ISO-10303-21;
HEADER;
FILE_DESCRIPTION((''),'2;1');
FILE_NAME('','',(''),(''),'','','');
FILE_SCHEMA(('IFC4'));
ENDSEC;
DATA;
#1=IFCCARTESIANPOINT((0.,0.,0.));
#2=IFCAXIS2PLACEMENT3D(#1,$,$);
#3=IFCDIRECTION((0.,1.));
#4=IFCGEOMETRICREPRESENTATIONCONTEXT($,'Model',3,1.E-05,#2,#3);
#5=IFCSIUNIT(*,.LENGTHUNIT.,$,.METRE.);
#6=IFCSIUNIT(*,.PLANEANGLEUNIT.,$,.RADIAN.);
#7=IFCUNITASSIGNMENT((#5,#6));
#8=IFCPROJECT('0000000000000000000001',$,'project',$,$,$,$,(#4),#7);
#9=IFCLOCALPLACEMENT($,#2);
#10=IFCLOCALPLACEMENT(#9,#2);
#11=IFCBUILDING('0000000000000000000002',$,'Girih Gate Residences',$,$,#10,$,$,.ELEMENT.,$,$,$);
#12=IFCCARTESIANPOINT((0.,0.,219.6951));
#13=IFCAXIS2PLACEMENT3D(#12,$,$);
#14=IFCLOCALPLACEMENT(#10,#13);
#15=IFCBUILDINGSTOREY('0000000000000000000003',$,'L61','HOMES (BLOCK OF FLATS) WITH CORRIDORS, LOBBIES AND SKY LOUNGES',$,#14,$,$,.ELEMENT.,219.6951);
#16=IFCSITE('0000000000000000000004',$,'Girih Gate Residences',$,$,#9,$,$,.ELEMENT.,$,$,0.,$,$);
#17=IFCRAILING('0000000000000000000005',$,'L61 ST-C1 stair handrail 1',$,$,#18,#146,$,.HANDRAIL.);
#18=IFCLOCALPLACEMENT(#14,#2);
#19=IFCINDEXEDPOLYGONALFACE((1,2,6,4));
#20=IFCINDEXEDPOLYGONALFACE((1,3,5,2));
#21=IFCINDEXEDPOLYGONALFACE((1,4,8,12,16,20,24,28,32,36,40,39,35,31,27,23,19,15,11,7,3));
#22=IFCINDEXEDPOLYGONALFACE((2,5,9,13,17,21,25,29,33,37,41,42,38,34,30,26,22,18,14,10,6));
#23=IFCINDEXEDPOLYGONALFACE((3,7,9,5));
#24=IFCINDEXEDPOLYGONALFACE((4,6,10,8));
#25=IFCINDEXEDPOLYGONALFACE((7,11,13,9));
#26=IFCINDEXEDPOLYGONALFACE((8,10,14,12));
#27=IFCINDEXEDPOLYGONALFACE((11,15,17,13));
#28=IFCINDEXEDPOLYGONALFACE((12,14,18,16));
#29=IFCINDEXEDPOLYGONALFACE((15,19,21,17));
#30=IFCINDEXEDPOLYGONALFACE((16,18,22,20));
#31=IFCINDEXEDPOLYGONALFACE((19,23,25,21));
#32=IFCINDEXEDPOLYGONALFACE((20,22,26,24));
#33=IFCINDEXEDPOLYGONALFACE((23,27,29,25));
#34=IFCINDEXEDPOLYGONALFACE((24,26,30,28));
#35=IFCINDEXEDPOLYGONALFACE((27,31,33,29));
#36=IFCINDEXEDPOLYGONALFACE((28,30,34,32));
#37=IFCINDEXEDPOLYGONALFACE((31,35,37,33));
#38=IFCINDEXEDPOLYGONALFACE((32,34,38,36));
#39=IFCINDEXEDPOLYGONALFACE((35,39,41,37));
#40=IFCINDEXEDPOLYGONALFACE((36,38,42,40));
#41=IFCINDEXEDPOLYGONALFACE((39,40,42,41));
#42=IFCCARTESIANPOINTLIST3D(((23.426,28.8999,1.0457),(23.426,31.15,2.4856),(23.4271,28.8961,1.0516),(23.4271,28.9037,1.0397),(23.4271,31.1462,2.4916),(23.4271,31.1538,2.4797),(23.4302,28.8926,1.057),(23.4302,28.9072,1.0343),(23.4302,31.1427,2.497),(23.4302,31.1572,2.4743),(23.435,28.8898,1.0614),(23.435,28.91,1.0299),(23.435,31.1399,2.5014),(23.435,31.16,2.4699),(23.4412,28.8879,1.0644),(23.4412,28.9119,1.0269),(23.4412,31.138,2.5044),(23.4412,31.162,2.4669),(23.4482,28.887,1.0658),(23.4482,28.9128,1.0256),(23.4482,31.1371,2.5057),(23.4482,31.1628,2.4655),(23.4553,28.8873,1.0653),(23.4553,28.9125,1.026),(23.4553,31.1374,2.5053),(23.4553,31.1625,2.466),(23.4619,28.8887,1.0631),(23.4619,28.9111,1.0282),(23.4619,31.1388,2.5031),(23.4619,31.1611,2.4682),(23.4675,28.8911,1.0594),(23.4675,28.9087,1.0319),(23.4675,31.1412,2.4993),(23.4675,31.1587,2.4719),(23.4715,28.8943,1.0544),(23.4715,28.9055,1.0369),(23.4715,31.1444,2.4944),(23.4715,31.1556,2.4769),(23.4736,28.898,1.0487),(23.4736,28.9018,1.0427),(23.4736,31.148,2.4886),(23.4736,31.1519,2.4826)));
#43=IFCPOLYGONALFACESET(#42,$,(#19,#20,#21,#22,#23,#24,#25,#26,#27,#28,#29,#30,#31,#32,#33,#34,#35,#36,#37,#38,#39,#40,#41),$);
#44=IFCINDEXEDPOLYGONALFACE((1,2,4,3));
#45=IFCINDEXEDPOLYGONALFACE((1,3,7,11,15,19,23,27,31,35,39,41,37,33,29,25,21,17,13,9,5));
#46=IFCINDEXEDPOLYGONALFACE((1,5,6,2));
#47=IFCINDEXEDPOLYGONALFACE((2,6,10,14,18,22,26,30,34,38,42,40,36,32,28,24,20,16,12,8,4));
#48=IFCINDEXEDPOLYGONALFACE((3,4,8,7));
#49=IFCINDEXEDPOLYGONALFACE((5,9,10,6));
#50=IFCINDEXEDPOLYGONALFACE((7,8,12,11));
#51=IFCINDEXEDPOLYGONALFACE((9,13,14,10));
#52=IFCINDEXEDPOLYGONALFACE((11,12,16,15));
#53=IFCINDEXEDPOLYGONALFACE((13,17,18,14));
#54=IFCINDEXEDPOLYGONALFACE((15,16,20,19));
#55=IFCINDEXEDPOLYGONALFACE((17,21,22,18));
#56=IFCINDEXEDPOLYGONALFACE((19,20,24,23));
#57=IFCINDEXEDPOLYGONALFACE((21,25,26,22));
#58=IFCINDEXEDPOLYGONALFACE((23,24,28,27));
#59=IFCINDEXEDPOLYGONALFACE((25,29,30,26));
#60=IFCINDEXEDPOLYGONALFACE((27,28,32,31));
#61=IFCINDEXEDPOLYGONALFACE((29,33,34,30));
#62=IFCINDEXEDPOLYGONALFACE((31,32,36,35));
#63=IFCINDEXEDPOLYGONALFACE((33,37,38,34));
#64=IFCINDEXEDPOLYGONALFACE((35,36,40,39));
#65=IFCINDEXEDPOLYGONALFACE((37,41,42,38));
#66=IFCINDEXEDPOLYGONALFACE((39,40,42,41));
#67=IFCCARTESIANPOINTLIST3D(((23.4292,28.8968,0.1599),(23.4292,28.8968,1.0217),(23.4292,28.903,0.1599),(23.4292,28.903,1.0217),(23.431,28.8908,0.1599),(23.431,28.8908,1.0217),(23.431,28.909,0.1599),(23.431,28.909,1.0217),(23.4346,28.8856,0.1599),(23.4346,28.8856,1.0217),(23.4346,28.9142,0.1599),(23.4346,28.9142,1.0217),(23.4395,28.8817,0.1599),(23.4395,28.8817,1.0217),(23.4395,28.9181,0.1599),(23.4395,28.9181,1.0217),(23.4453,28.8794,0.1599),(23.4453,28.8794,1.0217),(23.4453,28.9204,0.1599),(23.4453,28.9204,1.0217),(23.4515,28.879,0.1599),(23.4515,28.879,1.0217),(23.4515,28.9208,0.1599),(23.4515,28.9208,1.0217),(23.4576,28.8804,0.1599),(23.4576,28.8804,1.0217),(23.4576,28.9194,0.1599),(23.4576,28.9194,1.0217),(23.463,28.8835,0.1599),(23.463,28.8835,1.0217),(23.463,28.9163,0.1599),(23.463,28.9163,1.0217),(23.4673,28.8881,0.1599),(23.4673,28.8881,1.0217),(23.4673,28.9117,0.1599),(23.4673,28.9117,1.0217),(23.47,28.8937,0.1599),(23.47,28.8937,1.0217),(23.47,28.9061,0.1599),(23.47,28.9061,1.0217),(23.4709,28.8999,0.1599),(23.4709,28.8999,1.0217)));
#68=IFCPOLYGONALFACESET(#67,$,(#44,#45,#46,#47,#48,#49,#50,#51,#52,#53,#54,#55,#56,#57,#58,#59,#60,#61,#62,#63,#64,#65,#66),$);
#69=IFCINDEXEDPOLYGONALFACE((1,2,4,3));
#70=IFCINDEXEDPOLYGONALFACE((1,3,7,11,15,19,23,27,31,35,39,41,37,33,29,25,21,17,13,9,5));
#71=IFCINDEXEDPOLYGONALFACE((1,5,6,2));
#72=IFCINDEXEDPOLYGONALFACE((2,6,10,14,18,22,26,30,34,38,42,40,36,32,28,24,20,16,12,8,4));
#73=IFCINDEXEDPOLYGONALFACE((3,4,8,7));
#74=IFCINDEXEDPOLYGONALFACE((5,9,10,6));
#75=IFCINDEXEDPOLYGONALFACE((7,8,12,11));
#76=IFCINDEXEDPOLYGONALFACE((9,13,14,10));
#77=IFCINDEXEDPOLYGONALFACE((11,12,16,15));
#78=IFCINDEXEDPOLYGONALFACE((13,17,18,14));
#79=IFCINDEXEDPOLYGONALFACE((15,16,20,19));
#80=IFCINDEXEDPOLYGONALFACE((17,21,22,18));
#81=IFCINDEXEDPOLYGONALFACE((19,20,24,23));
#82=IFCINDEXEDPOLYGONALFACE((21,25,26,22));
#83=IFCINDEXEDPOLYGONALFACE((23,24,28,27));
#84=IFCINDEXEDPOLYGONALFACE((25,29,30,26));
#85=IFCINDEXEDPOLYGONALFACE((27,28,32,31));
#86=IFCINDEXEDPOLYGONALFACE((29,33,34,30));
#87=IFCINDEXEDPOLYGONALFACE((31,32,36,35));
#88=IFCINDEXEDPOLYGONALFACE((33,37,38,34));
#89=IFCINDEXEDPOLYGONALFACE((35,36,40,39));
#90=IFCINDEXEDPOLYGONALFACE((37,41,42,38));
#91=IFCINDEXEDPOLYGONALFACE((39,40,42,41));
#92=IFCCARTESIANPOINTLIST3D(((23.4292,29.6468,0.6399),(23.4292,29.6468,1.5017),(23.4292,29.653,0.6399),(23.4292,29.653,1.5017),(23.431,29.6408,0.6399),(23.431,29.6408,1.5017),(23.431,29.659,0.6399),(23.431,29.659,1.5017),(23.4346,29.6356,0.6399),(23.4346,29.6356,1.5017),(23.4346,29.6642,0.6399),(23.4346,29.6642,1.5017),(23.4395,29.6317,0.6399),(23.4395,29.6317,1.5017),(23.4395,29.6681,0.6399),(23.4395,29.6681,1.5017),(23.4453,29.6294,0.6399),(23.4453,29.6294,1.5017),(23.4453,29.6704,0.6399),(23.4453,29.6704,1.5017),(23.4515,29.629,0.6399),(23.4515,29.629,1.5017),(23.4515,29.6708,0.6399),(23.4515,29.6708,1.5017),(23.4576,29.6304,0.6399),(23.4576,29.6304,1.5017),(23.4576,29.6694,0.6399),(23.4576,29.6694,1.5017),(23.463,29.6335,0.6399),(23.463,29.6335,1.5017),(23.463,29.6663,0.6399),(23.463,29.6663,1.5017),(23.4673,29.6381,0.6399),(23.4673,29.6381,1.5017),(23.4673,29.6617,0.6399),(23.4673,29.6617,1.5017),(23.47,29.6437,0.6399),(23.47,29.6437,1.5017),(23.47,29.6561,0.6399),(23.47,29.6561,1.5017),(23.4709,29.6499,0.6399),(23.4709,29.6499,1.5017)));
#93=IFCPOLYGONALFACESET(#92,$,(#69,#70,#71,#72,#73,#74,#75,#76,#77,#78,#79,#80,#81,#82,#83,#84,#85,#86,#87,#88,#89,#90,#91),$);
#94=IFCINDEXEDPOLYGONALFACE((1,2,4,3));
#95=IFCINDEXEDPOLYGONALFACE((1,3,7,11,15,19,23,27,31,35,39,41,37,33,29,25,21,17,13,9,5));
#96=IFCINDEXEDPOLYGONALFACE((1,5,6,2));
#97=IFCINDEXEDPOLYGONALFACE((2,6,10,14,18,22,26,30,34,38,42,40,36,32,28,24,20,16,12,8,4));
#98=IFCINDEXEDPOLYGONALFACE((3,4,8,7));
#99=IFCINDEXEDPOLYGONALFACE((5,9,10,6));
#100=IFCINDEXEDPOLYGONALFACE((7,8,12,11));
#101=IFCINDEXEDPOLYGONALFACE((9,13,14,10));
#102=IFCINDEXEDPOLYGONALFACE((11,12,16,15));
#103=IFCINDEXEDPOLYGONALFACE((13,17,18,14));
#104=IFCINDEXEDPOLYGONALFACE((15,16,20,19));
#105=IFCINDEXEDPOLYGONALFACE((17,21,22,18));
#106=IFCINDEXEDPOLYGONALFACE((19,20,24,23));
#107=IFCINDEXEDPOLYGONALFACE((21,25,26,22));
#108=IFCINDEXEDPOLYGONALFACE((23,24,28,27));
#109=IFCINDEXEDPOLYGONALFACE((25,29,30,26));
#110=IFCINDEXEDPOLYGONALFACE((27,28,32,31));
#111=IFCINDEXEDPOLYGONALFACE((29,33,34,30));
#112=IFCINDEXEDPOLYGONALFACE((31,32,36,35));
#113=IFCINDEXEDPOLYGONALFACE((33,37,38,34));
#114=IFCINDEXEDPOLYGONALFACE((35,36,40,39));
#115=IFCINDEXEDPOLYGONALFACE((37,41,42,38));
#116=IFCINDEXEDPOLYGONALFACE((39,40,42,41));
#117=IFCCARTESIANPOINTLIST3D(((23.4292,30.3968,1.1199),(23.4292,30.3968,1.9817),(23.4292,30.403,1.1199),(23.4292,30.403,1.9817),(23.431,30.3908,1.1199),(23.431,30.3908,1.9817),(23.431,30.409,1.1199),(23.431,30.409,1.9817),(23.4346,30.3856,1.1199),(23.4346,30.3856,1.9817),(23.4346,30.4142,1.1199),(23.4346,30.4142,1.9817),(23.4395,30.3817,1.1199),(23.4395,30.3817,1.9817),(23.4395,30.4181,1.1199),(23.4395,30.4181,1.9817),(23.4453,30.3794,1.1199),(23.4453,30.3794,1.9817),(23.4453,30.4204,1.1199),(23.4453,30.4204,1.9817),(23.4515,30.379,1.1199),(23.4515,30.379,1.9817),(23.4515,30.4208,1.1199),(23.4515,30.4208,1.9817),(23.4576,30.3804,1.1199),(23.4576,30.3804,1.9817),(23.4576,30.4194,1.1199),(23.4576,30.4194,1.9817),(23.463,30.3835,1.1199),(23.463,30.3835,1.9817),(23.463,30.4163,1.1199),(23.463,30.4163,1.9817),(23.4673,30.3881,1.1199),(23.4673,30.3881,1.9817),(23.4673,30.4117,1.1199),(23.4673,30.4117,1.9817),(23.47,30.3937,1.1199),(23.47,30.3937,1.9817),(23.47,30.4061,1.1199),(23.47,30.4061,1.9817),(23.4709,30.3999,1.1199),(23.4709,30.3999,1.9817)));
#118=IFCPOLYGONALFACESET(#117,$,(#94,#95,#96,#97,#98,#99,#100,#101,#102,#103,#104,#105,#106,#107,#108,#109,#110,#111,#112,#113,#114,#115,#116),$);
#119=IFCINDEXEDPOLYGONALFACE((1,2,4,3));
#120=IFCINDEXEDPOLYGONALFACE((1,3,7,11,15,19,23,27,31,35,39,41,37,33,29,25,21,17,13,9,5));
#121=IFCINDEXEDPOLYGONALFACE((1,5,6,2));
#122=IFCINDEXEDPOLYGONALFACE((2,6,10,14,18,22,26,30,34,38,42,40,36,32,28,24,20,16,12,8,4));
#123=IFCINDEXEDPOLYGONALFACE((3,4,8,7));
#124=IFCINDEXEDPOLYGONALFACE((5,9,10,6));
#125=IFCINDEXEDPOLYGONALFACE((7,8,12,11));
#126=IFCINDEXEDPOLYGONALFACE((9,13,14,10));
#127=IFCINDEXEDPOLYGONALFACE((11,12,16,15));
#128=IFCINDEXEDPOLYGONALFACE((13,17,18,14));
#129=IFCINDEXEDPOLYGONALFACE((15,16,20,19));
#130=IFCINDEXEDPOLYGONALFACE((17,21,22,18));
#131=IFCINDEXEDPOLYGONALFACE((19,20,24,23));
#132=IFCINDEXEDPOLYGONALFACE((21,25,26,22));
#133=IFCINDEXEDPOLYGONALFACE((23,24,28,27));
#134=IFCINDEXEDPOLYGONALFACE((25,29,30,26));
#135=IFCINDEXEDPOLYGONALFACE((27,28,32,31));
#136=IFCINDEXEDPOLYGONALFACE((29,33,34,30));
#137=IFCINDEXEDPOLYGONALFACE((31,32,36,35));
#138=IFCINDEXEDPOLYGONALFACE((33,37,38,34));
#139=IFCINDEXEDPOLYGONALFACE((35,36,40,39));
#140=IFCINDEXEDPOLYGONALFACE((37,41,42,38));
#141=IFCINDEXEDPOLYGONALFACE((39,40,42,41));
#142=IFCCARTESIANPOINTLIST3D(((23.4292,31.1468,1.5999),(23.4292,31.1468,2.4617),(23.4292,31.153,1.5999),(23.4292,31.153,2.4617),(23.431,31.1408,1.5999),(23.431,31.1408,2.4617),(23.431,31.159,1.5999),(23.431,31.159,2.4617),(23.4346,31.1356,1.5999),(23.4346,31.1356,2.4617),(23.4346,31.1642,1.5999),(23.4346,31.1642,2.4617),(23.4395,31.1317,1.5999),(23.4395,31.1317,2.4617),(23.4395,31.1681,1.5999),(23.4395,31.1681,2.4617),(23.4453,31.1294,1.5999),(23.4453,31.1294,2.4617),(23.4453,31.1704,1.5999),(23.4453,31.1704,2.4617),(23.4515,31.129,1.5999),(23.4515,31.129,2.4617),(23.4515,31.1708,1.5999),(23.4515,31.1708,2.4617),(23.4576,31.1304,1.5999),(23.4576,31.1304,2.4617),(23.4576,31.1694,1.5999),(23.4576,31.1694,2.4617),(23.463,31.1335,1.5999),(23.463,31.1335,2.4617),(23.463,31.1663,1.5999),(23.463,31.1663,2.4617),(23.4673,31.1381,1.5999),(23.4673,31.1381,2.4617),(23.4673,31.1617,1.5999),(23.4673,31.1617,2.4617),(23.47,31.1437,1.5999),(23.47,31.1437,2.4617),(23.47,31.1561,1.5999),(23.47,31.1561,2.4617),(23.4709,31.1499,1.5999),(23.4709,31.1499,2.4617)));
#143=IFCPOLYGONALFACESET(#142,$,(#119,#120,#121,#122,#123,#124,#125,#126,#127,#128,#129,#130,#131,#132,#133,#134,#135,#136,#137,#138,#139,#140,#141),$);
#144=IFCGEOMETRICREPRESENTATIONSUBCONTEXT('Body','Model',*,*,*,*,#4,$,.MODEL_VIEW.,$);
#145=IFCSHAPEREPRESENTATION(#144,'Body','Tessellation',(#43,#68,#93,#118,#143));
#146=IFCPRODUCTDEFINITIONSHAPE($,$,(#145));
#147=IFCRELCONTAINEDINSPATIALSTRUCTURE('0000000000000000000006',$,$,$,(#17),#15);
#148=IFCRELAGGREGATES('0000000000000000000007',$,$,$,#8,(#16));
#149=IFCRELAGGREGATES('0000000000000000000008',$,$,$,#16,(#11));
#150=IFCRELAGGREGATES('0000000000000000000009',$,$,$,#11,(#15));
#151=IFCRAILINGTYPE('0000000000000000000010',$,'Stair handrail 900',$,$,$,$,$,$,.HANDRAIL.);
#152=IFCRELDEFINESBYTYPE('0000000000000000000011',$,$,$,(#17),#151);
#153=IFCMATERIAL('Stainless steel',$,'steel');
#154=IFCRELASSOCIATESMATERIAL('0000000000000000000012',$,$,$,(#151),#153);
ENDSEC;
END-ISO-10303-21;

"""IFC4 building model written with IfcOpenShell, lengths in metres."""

from ifc_helpers import new_model, si_unit, direction, frame, origin, origin_2d, place, context, subcontext, project, spatial, circle, extrude, material, type_object, element, save


model = new_model("IFC4")

# Units and contexts
model_context = context("Model", 3, precision=1e-05, world=origin(), true_north=direction((0.0, 1.0)))
body_context = subcontext(model_context, "Body", "Model", "MODEL_VIEW")
ifc_project = project(units=[si_unit("LENGTHUNIT", "METRE"), si_unit("PLANEANGLEUNIT", "RADIAN")], contexts=[model_context])

# Site, building, storey
site_placement = place(None, origin())
site = spatial("IfcSite", under=ifc_project, at=site_placement, Name="Girih Gate Residences", CompositionType="ELEMENT", RefElevation=0.0)
building_placement = place(site_placement, origin())
building = spatial("IfcBuilding", under=site, at=building_placement, Name="Girih Gate Residences", CompositionType="ELEMENT")
storey_placement = place(building_placement, frame((0.0, 0.0, 219.6951)))
storey = spatial("IfcBuildingStorey", under=building, at=storey_placement, Name="L61", Description="HOMES (BLOCK OF FLATS) WITH CORRIDORS, LOBBIES AND SKY LOUNGES", CompositionType="ELEMENT", Elevation=219.6951)

# Railing
ifc_material_1 = material(Name="Stainless steel", Category="steel")
railing_type_1 = type_object("IfcRailingType", Name="Stair handrail 900", PredefinedType="HANDRAIL", material=ifc_material_1)
for number, where, name in (
    (1, (23.45, 28.8999, 0.1599), "L61 ST-C1 stair handrail 1"),
):
    element("IfcRailing", number, at=place(storey_placement, frame(where)), inside=storey, type_object=railing_type_1, Name=name, PredefinedType="HANDRAIL", context=body_context, shape_type="SweptSolid", body=[
        extrude(circle(Radius=0.0239, at=origin_2d()), frame((0.0, 0.0, 0.8857), z_axis=(0.0, 0.842281, 0.539038), x_axis=(-1.0, 0.0, 0.0)), (0.0, 0.0, 1.0), 2.6714),
        extrude(circle(Radius=0.021, at=origin_2d()), origin(), (0.0, 0.0, 1.0), 0.8618),
        extrude(circle(Radius=0.021, at=origin_2d()), frame((0.0, 0.75, 0.48)), (0.0, 0.0, 1.0), 0.8618),
        extrude(circle(Radius=0.021, at=origin_2d()), frame((0.0, 1.5, 0.96)), (0.0, 0.0, 1.0), 0.8618),
        extrude(circle(Radius=0.021, at=origin_2d()), frame((0.0, 2.25, 1.4399)), (0.0, 0.0, 1.0), 0.8618),
    ])

save(model, "model.ifc")
